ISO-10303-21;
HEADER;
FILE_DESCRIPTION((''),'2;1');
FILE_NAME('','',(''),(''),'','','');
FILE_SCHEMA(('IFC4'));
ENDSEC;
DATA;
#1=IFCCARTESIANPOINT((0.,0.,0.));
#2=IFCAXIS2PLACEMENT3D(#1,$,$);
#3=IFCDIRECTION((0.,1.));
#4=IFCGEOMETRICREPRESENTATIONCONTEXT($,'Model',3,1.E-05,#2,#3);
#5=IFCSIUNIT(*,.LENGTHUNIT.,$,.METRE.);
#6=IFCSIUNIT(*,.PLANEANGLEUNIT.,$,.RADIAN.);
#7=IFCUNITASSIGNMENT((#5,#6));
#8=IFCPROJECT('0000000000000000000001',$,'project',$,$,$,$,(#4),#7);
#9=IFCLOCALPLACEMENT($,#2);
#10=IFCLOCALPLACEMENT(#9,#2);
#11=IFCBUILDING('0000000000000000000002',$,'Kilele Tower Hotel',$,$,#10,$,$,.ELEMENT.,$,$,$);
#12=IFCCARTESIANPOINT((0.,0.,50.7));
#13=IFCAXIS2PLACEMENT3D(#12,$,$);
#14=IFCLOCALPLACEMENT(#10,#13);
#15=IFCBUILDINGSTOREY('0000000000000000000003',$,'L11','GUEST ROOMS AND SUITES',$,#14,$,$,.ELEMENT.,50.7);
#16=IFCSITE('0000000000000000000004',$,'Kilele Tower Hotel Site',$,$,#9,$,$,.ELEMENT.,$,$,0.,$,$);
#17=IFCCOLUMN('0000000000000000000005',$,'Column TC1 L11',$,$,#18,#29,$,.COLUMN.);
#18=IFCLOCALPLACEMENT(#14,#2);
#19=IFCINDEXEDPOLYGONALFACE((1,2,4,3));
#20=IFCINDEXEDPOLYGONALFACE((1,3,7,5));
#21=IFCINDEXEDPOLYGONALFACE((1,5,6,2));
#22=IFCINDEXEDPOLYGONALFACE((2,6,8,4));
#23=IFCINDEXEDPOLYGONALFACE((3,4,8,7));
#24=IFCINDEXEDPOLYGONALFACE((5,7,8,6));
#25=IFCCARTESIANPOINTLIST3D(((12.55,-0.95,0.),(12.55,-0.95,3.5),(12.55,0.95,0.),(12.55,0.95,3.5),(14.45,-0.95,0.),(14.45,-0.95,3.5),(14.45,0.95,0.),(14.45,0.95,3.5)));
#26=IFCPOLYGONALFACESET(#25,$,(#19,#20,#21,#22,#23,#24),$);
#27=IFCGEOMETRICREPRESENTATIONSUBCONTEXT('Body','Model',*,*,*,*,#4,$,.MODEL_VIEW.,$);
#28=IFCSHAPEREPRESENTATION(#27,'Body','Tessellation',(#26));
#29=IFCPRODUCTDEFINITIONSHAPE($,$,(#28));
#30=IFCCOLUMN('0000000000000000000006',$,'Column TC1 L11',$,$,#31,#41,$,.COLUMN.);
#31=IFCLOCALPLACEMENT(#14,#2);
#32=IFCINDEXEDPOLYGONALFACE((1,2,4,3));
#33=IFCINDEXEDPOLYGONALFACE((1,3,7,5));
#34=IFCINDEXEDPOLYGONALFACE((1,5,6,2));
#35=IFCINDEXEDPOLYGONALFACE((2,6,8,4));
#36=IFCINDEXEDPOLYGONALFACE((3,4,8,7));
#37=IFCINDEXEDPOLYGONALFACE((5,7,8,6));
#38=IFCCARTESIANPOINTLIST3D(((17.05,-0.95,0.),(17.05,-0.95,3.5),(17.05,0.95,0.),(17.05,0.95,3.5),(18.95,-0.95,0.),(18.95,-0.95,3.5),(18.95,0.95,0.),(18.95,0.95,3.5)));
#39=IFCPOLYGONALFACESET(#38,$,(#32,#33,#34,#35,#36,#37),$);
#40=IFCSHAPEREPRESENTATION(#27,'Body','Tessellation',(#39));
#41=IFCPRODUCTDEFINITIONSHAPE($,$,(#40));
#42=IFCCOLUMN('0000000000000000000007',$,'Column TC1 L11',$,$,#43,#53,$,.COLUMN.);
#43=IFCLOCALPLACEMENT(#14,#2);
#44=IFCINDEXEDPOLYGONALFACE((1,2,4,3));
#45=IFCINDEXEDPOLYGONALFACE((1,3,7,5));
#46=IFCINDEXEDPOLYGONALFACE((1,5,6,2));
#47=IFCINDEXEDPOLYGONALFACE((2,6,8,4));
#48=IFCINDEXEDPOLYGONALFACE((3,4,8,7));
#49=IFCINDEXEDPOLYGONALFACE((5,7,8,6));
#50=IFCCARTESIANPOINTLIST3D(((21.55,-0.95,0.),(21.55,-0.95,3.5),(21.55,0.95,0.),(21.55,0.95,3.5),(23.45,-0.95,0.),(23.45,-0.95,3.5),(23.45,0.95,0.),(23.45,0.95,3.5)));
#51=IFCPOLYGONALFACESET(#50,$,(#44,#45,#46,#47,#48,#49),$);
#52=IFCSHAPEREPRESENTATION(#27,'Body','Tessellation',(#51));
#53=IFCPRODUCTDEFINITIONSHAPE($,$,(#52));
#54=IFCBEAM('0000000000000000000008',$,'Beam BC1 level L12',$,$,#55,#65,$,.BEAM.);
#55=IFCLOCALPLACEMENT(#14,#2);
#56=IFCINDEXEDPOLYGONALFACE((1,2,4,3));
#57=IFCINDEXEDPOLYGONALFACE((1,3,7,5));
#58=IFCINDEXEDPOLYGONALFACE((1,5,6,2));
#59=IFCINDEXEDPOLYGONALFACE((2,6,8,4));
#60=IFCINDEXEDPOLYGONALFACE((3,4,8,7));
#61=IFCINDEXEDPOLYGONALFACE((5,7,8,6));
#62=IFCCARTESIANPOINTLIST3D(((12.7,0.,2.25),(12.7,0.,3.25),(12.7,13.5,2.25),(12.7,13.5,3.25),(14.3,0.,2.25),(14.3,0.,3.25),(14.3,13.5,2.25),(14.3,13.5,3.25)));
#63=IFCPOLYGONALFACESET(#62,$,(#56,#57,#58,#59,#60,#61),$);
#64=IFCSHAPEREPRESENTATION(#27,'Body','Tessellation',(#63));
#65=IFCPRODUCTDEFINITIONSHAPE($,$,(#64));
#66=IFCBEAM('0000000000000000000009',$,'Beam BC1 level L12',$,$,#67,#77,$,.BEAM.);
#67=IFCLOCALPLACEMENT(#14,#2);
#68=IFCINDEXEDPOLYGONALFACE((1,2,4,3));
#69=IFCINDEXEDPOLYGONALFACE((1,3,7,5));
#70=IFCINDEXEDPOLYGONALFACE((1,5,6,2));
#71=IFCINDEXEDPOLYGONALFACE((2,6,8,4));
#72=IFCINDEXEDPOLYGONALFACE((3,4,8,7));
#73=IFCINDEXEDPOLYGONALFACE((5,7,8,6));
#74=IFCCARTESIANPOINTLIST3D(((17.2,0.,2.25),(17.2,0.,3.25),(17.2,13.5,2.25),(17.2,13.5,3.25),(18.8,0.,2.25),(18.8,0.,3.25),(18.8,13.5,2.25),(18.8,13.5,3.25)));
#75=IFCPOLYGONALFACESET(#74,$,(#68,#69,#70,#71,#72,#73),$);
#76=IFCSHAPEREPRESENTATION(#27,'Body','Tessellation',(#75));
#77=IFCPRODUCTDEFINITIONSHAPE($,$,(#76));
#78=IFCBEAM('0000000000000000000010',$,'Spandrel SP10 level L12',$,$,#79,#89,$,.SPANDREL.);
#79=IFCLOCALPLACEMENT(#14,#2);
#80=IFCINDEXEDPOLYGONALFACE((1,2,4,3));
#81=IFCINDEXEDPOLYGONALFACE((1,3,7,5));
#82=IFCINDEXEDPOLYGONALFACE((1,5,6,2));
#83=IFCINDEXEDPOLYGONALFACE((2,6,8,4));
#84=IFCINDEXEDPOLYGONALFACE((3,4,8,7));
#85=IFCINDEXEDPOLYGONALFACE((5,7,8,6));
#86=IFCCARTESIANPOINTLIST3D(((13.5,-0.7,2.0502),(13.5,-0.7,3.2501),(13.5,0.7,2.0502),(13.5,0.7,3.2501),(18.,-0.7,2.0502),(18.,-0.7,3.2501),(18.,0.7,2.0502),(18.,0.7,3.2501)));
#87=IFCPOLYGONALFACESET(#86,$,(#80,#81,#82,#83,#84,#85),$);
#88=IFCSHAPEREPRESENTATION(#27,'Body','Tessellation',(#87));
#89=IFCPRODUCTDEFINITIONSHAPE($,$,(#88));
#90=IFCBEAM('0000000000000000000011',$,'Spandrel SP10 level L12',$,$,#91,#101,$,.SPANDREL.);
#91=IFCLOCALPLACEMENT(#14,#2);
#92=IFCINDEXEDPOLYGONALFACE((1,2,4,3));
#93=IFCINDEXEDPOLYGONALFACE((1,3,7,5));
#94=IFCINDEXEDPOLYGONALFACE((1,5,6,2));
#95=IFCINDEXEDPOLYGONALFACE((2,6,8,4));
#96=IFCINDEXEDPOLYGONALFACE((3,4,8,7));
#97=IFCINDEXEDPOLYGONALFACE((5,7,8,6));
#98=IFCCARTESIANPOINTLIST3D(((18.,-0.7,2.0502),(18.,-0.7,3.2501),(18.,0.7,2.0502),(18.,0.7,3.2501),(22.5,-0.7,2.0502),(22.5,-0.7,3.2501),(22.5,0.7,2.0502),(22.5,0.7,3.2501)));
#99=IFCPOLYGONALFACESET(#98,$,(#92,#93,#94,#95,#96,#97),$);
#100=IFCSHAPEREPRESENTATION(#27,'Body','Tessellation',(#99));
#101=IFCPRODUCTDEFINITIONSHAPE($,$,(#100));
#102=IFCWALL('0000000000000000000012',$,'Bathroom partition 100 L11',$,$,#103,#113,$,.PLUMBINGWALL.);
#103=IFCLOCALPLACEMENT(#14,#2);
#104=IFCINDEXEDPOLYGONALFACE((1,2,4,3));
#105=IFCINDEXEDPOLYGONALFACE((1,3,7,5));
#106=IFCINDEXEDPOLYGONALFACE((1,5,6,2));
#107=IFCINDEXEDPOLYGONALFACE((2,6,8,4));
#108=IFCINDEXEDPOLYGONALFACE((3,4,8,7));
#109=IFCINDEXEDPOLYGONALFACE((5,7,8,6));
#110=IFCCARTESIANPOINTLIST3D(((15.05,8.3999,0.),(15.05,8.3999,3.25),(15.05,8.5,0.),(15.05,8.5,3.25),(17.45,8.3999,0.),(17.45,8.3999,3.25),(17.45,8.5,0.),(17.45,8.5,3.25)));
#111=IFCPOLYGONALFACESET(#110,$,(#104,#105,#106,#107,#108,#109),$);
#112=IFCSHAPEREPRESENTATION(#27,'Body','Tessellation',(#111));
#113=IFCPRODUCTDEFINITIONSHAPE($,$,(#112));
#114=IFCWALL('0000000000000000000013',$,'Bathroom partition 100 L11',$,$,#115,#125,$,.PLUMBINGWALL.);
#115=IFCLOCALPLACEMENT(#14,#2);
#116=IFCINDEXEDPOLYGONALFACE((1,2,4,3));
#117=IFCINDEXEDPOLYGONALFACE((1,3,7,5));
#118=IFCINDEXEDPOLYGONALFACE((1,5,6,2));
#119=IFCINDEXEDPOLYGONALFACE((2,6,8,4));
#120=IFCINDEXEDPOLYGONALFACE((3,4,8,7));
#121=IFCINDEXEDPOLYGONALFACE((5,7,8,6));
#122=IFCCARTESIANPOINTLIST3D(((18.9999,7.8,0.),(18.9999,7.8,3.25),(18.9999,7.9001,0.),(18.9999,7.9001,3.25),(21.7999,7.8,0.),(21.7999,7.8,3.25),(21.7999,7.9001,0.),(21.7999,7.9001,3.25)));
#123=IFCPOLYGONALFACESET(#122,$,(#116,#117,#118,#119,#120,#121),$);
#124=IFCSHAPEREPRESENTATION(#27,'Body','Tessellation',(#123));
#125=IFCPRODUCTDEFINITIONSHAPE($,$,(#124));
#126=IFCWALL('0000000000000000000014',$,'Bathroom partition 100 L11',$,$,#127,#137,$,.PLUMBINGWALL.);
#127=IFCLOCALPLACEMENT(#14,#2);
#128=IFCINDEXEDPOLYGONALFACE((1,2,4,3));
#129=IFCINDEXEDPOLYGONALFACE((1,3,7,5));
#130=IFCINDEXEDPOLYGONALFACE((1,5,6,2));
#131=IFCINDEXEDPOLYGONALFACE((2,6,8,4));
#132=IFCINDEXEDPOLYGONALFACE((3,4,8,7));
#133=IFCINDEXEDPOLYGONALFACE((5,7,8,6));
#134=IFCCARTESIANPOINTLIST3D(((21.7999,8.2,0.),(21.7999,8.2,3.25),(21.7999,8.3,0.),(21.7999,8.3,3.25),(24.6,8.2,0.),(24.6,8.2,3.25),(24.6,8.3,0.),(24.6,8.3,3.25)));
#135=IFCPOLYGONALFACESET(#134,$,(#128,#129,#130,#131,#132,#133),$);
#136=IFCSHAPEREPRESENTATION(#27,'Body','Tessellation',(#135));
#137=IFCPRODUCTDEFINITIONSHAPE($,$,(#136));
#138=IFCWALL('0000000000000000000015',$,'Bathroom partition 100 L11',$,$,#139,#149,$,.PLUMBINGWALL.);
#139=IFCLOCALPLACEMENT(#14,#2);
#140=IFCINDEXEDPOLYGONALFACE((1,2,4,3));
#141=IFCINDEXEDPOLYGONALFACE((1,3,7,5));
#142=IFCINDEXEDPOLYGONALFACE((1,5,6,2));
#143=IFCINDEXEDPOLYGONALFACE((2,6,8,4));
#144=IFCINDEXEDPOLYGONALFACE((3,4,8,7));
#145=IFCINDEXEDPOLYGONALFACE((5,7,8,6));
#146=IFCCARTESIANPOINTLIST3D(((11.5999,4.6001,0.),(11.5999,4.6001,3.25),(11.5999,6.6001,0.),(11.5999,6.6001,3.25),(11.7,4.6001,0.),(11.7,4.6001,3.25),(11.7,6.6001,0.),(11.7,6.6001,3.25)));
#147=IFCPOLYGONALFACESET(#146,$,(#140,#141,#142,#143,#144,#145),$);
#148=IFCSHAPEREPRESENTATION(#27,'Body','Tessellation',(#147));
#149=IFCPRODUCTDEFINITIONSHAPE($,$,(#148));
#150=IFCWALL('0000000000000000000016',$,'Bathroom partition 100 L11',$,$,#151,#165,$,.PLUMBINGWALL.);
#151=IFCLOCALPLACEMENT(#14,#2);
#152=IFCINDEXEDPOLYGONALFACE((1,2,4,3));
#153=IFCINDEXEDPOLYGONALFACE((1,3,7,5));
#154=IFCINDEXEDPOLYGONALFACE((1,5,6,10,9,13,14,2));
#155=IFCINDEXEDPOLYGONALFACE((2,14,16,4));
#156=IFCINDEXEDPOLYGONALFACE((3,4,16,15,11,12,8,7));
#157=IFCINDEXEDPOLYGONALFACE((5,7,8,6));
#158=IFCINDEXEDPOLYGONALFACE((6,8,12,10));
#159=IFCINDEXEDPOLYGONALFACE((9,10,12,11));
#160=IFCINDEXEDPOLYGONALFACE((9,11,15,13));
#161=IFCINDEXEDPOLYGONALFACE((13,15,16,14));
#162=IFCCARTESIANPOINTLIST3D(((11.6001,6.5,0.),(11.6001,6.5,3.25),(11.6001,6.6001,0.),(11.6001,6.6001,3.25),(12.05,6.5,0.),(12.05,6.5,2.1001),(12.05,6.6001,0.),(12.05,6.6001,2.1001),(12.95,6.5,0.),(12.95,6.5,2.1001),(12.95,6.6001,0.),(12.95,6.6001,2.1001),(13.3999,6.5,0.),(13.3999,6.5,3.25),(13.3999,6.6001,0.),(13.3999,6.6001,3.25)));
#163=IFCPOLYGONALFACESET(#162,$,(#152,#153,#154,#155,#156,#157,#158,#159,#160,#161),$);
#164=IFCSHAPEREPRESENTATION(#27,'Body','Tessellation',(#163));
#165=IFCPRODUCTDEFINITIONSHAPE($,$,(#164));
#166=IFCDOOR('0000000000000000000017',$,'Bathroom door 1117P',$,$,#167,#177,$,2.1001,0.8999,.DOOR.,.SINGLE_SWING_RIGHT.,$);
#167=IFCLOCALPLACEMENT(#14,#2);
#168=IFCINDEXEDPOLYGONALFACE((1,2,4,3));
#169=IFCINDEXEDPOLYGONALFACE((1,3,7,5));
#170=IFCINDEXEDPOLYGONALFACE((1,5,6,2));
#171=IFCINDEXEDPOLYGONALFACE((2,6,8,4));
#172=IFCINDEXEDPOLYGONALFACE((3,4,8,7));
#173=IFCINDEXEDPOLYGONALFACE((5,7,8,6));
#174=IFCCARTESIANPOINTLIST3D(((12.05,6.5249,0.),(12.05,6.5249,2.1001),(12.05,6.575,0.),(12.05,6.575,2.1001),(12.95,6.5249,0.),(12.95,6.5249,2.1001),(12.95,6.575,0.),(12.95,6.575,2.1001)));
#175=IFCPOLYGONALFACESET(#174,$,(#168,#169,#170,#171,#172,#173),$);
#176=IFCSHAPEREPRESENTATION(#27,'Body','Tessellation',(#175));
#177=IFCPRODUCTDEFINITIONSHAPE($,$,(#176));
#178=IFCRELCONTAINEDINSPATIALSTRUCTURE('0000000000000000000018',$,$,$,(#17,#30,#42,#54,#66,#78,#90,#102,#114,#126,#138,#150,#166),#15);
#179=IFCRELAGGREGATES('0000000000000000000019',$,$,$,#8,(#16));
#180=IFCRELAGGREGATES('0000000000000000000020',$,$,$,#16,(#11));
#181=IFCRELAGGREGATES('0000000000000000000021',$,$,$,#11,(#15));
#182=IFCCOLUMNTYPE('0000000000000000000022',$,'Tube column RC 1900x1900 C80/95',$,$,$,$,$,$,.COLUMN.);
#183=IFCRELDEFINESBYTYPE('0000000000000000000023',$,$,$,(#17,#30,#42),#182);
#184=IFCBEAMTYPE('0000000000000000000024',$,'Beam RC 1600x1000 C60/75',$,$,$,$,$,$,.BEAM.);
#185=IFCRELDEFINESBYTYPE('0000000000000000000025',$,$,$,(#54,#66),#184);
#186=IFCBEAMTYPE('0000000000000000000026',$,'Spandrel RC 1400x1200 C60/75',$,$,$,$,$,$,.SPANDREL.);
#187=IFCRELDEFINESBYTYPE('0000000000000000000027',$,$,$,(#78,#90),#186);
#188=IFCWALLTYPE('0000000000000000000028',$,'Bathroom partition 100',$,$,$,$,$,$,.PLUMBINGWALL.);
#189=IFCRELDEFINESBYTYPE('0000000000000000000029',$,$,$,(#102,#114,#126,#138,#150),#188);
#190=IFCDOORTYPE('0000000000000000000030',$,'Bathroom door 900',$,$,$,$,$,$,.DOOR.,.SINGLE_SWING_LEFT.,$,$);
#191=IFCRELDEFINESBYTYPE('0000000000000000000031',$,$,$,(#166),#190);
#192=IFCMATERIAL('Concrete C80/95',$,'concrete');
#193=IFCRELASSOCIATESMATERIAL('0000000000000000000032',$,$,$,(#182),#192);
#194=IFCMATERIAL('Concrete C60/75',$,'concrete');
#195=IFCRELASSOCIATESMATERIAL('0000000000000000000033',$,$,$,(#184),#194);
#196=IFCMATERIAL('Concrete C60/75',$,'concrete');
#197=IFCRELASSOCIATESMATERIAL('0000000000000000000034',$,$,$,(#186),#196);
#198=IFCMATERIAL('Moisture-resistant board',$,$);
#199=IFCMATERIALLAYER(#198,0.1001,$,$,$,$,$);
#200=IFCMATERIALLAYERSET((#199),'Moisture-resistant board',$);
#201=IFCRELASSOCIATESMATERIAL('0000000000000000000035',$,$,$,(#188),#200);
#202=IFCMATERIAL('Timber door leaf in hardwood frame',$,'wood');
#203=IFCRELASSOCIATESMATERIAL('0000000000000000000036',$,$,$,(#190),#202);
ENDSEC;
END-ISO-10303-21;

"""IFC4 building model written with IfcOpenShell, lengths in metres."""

from ifc_helpers import new_model, si_unit, direction, frame, frame_2d, origin, origin_2d, place, context, subcontext, project, spatial, rectangle, extrude, material, layer, layer_set, material_profile, profile_set, type_object, element, fill, save


model = new_model("IFC4")

# Units and contexts
model_context = context("Model", 3, precision=1e-05, world=origin(), true_north=direction((0.0, 1.0)))
body_context = subcontext(model_context, "Body", "Model", "MODEL_VIEW")
ifc_project = project(units=[si_unit("LENGTHUNIT", "METRE"), si_unit("PLANEANGLEUNIT", "RADIAN")], contexts=[model_context])

# Site, building, storey
site_placement = place(None, origin())
site = spatial("IfcSite", under=ifc_project, at=site_placement, Name="Kilele Tower Hotel Site", CompositionType="ELEMENT", RefElevation=0.0)
building_placement = place(site_placement, origin())
building = spatial("IfcBuilding", under=site, at=building_placement, Name="Kilele Tower Hotel", CompositionType="ELEMENT")
storey_placement = place(building_placement, frame((0.0, 0.0, 50.7)))
storey = spatial("IfcBuildingStorey", under=building, at=storey_placement, Name="L11", Description="GUEST ROOMS AND SUITES", CompositionType="ELEMENT", Elevation=50.7)

# Columns
ifc_material_1 = material(Name="Concrete C80/95", Category="concrete")
ifc_material_profile_1 = material_profile(ifc_material_1, rectangle(XDim=1.8999, YDim=1.8999, at=origin_2d()))
ifc_profile_set_1 = profile_set([ifc_material_profile_1], Name="Concrete C80/95")
column_type = type_object("IfcColumnType", Name="Tube column RC 1900x1900 C80/95", PredefinedType="COLUMN", material=ifc_profile_set_1)
for number, where, z_axis, x_axis, name in (
    (1, (13.5, 0.0, 0.0), (0.0, 0.0, 1.0), (1.0, 0.0, 0.0), "Column TC1 L11"),
    (2, (18.0, 0.0, 0.0), (0.0, 0.0, 1.0), (1.0, 0.0, 0.0), "Column TC1 L11"),
    (3, (22.5, 0.0, 0.0), (0.0, 0.0, 1.0), (1.0, 0.0, 0.0), "Column TC1 L11"),
):
    element("IfcColumn", number, at=place(storey_placement, frame(where, z_axis=z_axis, x_axis=x_axis)), inside=storey, type_object=column_type, Name=name, PredefinedType="COLUMN", context=body_context, shape_type="SweptSolid", body=[
        extrude(rectangle(XDim=1.8999, YDim=1.8999, at=origin_2d()), origin(), (0.0, 0.0, 1.0), 3.5),
    ])

# Beams
ifc_material_2 = material(Name="Concrete C60/75", Category="concrete")
ifc_material_profile_2 = material_profile(ifc_material_2, rectangle(XDim=1.6001, YDim=1.0, at=origin_2d()))
ifc_profile_set_2 = profile_set([ifc_material_profile_2], Name="Concrete C60/75")
beam_type_1 = type_object("IfcBeamType", Name="Beam RC 1600x1000 C60/75", PredefinedType="BEAM", material=ifc_profile_set_2)
for number, where, z_axis, x_axis, name in (
    (4, (13.5, 0.0, 2.75), (0.0, 1.0, 0.0), (-1.0, 0.0, 0.0), "Beam BC1 level L12"),
    (5, (18.0, 0.0, 2.75), (0.0, 1.0, 0.0), (-1.0, 0.0, 0.0), "Beam BC1 level L12"),
):
    element("IfcBeam", number, at=place(storey_placement, frame(where, z_axis=z_axis, x_axis=x_axis)), inside=storey, type_object=beam_type_1, Name=name, PredefinedType="BEAM", context=body_context, shape_type="SweptSolid", body=[
        extrude(rectangle(XDim=1.6001, YDim=1.0, at=origin_2d()), origin(), (0.0, 0.0, 1.0), 13.5),
    ])
ifc_material_3 = material(Name="Concrete C60/75", Category="concrete")
ifc_material_profile_3 = material_profile(ifc_material_3, rectangle(XDim=1.3999, YDim=1.2, at=origin_2d()))
ifc_profile_set_3 = profile_set([ifc_material_profile_3], Name="Concrete C60/75")
beam_type_2 = type_object("IfcBeamType", Name="Spandrel RC 1400x1200 C60/75", PredefinedType="SPANDREL", material=ifc_profile_set_3)
for number, where, z_axis, x_axis, name in (
    (6, (13.5, 0.0, 2.6501), (1.0, 0.0, 0.0), (0.0, 1.0, 0.0), "Spandrel SP10 level L12"),
    (7, (18.0, 0.0, 2.6501), (1.0, 0.0, 0.0), (0.0, 1.0, 0.0), "Spandrel SP10 level L12"),
):
    element("IfcBeam", number, at=place(storey_placement, frame(where, z_axis=z_axis, x_axis=x_axis)), inside=storey, type_object=beam_type_2, Name=name, PredefinedType="SPANDREL", context=body_context, shape_type="SweptSolid", body=[
        extrude(rectangle(XDim=1.3999, YDim=1.2, at=origin_2d()), origin(), (0.0, 0.0, 1.0), 4.5),
    ])

# Walls
ifc_material_4 = material(Name="Moisture-resistant board")
ifc_layer_1 = layer(ifc_material_4, 0.1001)
ifc_layer_set_1 = layer_set([ifc_layer_1], Name="Moisture-resistant board")
wall_type_1 = type_object("IfcWallType", Name="Bathroom partition 100", PredefinedType="PLUMBINGWALL", material=ifc_layer_set_1)
wall_1_placement = place(storey_placement, frame((15.05, 8.45, 0.0), z_axis=(0.0, 0.0, 1.0), x_axis=(1.0, 0.0, 0.0)))
element("IfcWall", 8, at=wall_1_placement, inside=storey, type_object=wall_type_1, Name="Bathroom partition 100 L11", PredefinedType="PLUMBINGWALL", context=body_context, shape_type="SweptSolid", body=[
    extrude(rectangle(XDim=2.3999, YDim=0.1001, at=frame_2d((1.2, 0.0))), origin(), (0.0, 0.0, 1.0), 3.25),
])
for number, where, z_axis, x_axis, name in (
    (9, (19.0, 7.8501, 0.0), (0.0, 0.0, 1.0), (1.0, 0.0, 0.0), "Bathroom partition 100 L11"),
    (10, (21.8, 8.25, 0.0), (0.0, 0.0, 1.0), (1.0, 0.0, 0.0), "Bathroom partition 100 L11"),
):
    element("IfcWall", number, at=place(storey_placement, frame(where, z_axis=z_axis, x_axis=x_axis)), inside=storey, type_object=wall_type_1, Name=name, PredefinedType="PLUMBINGWALL", context=body_context, shape_type="SweptSolid", body=[
        extrude(rectangle(XDim=2.8, YDim=0.1001, at=frame_2d((1.3999, 0.0))), origin(), (0.0, 0.0, 1.0), 3.25),
    ])
wall_2_placement = place(storey_placement, frame((11.6499, 4.6001, 0.0), z_axis=(0.0, 0.0, 1.0), x_axis=(0.0, 1.0, 0.0)))
element("IfcWall", 11, at=wall_2_placement, inside=storey, type_object=wall_type_1, Name="Bathroom partition 100 L11", PredefinedType="PLUMBINGWALL", context=body_context, shape_type="SweptSolid", body=[
    extrude(rectangle(XDim=2.0, YDim=0.1001, at=frame_2d((1.0, 0.0))), origin(), (0.0, 0.0, 1.0), 3.25),
])

# Wall, opening, door
wall_3_placement = place(storey_placement, frame((13.3999, 6.55, 0.0), z_axis=(0.0, 0.0, 1.0), x_axis=(-1.0, 0.0, 0.0)))
wall_3 = element("IfcWall", 12, at=wall_3_placement, inside=storey, type_object=wall_type_1, Name="Bathroom partition 100 L11", PredefinedType="PLUMBINGWALL", context=body_context, shape_type="SweptSolid", body=[
    extrude(rectangle(XDim=1.7998, YDim=0.1001, at=frame_2d((0.8999, 0.0))), origin(), (0.0, 0.0, 1.0), 3.25),
])
opening_1_placement = place(wall_3_placement, frame((1.3499, 0.0, 0.0), z_axis=(0.0, 0.0, 1.0), x_axis=(-1.0, 0.0, 0.0)))
opening_1 = element("IfcOpeningElement", 13, at=opening_1_placement, cuts=wall_3, PredefinedType="OPENING", context=body_context, shape_type="SweptSolid", body=[
    extrude(rectangle(XDim=0.8999, YDim=2.1001, at=frame_2d((0.45, 1.05))), frame((0.0, 0.0601, 0.0), z_axis=(0.0, -1.0, 0.0), x_axis=(1.0, 0.0, 0.0)), (0.0, 0.0, 1.0), 0.1201),
])
ifc_material_5 = material(Name="Timber door leaf in hardwood frame", Category="wood")
door_type_1 = type_object("IfcDoorType", Name="Bathroom door 900", OperationType="SINGLE_SWING_LEFT", PredefinedType="DOOR", material=ifc_material_5)
door_1_placement = place(opening_1_placement, origin())
door_1 = element("IfcDoor", 14, at=door_1_placement, inside=storey, type_object=door_type_1, Name="Bathroom door 1117P", OperationType="SINGLE_SWING_RIGHT", OverallHeight=2.1001, OverallWidth=0.8999, PredefinedType="DOOR", context=body_context, shape_type="SweptSolid", body=[
    extrude(rectangle(XDim=0.8999, YDim=2.1001, at=frame_2d((0.45, 1.05))), frame((0.0, 0.0249, 0.0), z_axis=(0.0, -1.0, 0.0), x_axis=(1.0, 0.0, 0.0)), (0.0, 0.0, 1.0), 0.05),
])
fill(opening_1, door_1)

save(model, "model.ifc")
